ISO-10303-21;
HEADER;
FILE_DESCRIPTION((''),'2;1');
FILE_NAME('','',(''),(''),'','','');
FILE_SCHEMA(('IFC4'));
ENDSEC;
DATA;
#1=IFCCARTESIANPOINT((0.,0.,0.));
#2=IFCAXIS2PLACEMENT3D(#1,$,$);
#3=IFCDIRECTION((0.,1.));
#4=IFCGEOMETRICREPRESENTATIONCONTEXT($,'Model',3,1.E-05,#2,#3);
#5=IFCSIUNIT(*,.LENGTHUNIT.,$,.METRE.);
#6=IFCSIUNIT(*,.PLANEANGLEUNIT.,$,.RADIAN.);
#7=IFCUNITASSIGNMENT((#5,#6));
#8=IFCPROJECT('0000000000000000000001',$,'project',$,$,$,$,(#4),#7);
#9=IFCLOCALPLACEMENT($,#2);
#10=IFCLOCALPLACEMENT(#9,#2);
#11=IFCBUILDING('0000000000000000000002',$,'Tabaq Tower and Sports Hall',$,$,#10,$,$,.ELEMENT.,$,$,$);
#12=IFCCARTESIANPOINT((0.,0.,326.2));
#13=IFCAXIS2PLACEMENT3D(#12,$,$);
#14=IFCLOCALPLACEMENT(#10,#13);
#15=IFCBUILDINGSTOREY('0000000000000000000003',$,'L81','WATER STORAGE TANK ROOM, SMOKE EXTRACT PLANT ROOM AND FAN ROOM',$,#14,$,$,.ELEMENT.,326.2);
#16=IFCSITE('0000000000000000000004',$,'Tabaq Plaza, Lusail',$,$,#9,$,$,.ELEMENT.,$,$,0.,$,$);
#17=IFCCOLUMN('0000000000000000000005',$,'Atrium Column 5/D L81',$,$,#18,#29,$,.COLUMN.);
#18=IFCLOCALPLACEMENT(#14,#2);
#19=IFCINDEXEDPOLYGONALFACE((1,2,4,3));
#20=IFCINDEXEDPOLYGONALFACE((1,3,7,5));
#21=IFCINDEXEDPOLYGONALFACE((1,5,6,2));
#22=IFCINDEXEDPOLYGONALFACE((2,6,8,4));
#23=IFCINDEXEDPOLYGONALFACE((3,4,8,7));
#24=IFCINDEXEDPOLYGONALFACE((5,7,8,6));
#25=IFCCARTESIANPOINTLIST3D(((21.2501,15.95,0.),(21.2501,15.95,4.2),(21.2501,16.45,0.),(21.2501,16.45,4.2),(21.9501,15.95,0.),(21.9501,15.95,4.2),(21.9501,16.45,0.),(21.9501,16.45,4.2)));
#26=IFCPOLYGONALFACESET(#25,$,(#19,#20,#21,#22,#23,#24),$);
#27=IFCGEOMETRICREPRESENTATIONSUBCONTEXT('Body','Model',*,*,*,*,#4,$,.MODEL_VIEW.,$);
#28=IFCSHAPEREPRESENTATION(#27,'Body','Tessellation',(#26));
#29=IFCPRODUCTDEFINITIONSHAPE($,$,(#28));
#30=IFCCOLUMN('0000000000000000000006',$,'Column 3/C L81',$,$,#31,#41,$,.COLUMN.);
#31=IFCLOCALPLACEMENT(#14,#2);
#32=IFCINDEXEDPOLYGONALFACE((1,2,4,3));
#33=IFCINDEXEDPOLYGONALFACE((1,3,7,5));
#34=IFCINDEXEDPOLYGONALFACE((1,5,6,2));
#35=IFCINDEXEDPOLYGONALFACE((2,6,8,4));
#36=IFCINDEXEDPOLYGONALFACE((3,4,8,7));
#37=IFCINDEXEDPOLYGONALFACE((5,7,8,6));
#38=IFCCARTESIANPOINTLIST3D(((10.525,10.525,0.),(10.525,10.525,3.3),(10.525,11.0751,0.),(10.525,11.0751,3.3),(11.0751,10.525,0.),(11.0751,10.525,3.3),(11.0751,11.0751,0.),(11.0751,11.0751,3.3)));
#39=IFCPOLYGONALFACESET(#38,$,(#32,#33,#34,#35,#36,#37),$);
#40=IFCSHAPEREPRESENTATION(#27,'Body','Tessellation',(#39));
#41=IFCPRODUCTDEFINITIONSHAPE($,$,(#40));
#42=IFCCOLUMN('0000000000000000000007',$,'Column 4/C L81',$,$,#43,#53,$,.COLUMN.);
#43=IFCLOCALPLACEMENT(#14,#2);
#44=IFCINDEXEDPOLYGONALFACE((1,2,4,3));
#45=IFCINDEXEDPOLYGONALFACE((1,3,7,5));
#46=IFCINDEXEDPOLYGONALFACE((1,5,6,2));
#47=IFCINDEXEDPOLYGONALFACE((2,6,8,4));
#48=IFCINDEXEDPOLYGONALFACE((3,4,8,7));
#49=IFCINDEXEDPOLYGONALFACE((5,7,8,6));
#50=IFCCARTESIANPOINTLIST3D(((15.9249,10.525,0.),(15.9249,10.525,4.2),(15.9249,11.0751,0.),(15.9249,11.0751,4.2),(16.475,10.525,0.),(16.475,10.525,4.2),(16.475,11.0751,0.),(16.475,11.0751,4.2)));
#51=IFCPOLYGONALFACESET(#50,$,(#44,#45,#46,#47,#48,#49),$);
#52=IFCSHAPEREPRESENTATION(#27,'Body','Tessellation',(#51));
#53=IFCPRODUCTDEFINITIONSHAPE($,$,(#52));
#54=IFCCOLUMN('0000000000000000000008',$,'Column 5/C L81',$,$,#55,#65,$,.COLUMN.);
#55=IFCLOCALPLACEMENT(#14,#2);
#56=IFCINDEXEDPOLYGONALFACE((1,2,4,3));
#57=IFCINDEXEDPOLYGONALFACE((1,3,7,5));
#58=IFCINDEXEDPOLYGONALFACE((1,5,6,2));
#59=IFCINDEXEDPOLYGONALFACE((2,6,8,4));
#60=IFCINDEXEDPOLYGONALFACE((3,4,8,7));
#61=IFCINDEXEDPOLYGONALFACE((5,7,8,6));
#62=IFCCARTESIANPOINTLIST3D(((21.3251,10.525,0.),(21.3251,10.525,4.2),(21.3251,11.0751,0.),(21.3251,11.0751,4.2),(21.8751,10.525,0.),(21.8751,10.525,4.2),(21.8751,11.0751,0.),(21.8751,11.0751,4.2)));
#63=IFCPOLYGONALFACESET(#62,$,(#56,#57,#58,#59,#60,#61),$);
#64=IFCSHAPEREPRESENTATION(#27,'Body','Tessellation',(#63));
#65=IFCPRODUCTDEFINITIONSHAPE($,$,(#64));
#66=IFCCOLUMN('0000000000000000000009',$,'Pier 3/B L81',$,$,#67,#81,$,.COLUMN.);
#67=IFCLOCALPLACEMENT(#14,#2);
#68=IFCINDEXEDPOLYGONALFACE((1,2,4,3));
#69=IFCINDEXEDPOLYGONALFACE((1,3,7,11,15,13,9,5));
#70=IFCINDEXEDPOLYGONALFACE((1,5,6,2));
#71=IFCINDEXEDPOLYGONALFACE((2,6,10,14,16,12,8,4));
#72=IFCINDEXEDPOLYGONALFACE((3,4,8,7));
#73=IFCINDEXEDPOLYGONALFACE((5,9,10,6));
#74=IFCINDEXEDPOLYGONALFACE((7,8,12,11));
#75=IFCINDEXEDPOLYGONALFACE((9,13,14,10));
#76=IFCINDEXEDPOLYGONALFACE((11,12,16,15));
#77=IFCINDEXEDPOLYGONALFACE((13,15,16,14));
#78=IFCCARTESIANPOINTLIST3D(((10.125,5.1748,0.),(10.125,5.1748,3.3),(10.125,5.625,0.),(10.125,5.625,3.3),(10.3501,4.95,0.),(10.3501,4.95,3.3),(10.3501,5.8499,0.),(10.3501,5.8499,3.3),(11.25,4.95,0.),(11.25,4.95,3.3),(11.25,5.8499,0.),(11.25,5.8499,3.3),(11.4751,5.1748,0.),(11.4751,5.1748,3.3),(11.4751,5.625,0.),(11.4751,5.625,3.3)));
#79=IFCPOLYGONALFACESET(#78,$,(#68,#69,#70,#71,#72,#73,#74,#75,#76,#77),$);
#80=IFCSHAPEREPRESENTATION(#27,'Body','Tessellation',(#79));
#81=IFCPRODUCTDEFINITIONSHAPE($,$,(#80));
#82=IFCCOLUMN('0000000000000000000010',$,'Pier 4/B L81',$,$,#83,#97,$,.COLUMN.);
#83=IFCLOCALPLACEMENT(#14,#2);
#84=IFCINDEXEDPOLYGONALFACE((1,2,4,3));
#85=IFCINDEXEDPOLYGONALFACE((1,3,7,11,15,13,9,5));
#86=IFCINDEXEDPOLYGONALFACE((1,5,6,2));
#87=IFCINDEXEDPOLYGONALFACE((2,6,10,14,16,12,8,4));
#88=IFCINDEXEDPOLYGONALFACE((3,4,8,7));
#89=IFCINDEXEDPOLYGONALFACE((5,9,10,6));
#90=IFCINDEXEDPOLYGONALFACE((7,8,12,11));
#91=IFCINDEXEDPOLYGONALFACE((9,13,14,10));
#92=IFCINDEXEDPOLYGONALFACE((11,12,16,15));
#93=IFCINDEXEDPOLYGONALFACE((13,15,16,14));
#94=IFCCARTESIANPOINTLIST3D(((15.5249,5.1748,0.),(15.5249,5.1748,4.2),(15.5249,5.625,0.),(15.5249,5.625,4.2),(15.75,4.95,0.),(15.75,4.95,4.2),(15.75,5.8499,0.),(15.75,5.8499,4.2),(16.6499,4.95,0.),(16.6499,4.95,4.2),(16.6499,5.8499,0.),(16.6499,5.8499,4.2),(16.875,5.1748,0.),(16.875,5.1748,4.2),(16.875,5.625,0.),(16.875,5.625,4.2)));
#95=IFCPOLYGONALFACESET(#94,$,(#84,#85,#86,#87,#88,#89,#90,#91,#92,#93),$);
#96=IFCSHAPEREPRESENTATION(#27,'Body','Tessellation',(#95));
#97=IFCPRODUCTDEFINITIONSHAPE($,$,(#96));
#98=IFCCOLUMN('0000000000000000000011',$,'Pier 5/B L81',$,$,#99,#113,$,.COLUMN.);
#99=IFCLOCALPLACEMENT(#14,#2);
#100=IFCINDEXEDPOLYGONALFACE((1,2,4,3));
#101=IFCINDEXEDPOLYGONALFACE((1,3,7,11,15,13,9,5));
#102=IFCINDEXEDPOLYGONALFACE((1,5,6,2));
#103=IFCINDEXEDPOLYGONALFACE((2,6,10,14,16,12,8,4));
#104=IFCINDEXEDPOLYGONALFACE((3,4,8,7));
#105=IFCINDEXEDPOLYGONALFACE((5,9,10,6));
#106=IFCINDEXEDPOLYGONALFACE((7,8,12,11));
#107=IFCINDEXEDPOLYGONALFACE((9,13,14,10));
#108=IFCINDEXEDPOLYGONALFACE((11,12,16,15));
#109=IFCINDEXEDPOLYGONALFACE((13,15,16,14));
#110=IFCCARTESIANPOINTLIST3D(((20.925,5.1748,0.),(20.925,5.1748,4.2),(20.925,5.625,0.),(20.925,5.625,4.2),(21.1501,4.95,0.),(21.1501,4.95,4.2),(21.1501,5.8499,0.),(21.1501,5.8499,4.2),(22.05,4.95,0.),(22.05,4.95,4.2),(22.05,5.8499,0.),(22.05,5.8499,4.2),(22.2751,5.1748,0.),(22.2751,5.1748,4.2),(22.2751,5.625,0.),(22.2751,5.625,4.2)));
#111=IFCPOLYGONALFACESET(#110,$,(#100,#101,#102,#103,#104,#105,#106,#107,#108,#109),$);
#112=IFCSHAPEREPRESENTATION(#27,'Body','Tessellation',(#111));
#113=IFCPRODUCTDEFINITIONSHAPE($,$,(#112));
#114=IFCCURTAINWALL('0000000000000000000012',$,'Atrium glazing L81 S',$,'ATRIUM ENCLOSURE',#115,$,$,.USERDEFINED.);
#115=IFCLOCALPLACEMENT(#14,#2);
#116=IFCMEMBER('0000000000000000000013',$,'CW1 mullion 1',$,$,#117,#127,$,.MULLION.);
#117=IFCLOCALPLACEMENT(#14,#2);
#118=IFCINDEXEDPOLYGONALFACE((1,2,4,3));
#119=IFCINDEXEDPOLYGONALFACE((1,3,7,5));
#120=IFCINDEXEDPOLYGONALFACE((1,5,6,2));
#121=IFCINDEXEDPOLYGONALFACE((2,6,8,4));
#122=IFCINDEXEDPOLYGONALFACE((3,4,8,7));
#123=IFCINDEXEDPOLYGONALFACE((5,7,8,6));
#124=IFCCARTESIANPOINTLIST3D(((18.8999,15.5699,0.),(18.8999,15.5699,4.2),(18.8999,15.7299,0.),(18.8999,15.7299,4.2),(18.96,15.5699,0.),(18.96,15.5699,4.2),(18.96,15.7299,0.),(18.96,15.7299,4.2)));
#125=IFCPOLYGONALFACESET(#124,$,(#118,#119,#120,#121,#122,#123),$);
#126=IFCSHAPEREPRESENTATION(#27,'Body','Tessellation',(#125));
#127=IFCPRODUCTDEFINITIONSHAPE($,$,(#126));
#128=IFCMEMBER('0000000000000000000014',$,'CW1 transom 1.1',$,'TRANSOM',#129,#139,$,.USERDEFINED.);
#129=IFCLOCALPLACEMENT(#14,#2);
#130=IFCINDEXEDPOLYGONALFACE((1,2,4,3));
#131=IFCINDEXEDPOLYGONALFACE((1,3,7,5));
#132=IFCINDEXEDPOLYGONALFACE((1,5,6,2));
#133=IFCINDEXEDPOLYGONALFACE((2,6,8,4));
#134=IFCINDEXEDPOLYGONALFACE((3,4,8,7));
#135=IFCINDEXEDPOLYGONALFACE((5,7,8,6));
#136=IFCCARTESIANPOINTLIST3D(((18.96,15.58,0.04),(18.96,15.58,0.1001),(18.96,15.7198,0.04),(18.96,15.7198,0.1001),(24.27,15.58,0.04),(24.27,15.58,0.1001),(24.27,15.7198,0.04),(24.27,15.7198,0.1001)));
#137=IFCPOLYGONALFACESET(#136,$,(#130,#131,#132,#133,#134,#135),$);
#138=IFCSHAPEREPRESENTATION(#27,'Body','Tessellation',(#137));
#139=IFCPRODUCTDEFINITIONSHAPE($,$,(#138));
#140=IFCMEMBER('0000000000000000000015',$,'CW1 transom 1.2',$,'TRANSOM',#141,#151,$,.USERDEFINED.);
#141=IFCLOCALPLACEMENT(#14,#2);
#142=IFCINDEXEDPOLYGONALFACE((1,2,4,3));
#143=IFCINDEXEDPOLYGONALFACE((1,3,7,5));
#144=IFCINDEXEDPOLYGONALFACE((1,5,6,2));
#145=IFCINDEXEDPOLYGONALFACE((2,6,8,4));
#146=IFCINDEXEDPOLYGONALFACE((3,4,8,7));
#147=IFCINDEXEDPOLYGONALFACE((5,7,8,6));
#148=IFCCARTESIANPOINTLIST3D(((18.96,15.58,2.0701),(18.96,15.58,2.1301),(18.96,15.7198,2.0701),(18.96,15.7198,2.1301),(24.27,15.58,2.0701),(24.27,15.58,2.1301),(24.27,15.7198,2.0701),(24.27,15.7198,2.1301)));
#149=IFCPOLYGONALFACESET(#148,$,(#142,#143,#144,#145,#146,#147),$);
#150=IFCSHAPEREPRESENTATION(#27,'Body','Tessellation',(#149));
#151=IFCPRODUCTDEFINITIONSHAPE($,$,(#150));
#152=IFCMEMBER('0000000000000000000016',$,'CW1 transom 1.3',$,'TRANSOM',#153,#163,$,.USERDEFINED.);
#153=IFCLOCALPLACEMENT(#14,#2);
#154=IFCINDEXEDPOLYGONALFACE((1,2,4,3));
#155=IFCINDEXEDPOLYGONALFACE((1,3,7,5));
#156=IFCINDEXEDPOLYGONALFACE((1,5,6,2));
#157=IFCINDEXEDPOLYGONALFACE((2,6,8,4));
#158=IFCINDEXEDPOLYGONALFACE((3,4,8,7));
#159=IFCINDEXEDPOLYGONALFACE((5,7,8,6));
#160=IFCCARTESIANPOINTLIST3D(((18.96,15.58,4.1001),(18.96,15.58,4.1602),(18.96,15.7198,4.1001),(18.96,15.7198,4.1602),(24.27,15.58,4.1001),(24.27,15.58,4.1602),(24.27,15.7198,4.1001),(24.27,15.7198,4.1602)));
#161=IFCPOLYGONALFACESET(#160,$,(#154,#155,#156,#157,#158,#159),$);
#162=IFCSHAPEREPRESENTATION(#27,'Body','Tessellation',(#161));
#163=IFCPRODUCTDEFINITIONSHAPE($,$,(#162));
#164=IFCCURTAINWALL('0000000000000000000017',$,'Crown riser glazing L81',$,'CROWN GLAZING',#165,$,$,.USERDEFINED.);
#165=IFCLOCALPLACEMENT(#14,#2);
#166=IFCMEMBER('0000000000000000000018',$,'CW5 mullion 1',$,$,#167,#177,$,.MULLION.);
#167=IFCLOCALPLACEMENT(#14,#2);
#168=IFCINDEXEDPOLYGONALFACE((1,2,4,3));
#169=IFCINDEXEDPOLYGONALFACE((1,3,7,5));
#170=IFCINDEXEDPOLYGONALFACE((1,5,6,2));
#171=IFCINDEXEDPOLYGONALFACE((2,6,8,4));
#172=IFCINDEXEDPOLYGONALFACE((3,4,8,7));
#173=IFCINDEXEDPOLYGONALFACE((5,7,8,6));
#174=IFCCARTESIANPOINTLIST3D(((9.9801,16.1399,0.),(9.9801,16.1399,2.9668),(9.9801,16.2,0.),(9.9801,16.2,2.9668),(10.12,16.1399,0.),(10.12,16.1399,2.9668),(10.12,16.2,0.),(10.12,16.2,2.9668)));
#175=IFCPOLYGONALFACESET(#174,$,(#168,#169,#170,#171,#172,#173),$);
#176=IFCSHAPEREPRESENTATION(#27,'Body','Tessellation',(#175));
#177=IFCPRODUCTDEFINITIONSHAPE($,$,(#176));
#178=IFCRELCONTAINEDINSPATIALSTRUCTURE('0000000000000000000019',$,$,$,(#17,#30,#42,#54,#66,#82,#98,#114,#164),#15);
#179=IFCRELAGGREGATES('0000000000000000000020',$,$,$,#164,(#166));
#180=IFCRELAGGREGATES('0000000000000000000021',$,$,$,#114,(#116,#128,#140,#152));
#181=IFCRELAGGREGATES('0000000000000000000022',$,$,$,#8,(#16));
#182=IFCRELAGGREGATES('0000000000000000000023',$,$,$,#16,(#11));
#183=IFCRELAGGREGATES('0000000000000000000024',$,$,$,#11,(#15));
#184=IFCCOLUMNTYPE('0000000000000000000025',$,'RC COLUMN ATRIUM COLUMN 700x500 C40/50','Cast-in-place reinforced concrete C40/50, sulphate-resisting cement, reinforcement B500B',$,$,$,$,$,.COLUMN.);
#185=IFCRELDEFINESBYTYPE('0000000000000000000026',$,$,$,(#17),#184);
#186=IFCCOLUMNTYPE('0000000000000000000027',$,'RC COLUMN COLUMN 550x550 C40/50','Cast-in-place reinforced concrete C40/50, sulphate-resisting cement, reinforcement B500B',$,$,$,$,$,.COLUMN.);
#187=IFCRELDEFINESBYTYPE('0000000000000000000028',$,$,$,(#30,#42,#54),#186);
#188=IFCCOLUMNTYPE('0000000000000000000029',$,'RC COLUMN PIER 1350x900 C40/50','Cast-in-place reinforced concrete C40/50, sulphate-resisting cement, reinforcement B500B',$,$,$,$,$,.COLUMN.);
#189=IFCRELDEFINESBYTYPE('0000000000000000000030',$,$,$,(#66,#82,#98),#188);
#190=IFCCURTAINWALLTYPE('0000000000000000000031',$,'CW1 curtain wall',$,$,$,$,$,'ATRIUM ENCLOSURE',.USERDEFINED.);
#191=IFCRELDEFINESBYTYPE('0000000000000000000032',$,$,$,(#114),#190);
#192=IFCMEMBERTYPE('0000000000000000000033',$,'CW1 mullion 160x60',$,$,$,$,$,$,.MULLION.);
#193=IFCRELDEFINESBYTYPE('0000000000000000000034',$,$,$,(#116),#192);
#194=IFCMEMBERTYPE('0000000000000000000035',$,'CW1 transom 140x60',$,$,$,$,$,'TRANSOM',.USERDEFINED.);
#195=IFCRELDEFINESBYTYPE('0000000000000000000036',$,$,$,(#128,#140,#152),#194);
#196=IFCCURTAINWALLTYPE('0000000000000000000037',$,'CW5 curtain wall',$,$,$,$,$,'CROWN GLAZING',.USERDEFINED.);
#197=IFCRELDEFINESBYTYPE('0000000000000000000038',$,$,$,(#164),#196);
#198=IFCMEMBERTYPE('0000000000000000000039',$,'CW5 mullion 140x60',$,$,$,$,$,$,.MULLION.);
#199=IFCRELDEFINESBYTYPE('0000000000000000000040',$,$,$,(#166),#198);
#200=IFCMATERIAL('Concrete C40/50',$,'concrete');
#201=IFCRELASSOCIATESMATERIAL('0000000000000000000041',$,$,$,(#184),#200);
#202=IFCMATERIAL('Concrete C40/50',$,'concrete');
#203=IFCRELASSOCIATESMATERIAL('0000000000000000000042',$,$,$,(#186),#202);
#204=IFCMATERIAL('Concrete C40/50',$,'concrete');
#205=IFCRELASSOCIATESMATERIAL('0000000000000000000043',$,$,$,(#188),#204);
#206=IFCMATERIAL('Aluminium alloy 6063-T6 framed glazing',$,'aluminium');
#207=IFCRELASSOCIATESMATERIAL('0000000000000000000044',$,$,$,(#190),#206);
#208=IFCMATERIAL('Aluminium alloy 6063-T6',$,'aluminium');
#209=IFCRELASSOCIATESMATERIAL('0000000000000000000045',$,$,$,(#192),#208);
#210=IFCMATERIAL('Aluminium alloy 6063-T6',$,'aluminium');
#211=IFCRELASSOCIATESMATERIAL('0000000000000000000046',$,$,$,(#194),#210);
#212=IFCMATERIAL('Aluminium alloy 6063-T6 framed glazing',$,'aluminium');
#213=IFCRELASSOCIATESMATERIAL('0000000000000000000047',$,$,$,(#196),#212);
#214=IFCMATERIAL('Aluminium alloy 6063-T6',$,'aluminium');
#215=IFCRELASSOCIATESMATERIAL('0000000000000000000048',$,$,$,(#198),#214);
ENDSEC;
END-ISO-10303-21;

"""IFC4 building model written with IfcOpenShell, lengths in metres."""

from ifc_helpers import new_model, si_unit, direction, frame, origin, origin_2d, place, context, subcontext, project, spatial, polyline, rectangle, outline, extrude, material, material_profile, profile_set, type_object, element, aggregate, save


model = new_model("IFC4")

# Units and contexts
model_context = context("Model", 3, precision=1e-05, world=origin(), true_north=direction((0.0, 1.0)))
body_context = subcontext(model_context, "Body", "Model", "MODEL_VIEW")
ifc_project = project(units=[si_unit("LENGTHUNIT", "METRE"), si_unit("PLANEANGLEUNIT", "RADIAN")], contexts=[model_context])

# Site, building, storey
site_placement = place(None, origin())
site = spatial("IfcSite", under=ifc_project, at=site_placement, Name="Tabaq Plaza, Lusail", CompositionType="ELEMENT", RefElevation=0.0)
building_placement = place(site_placement, origin())
building = spatial("IfcBuilding", under=site, at=building_placement, Name="Tabaq Tower and Sports Hall", CompositionType="ELEMENT")
storey_placement = place(building_placement, frame((0.0, 0.0, 326.2)))
storey = spatial("IfcBuildingStorey", under=building, at=storey_placement, Name="L81", Description="WATER STORAGE TANK ROOM, SMOKE EXTRACT PLANT ROOM AND FAN ROOM", CompositionType="ELEMENT", Elevation=326.2)

# Columns
ifc_material_1 = material(Name="Concrete C40/50", Category="concrete")
ifc_material_profile_1 = material_profile(ifc_material_1, rectangle(XDim=0.7, YDim=0.5, at=origin_2d()), Name="ATRIUM COLUMN 700x500")
ifc_profile_set_1 = profile_set([ifc_material_profile_1], Name="Concrete C40/50")
column_type_1 = type_object("IfcColumnType", Name="RC COLUMN ATRIUM COLUMN 700x500 C40/50", Description="Cast-in-place reinforced concrete C40/50, sulphate-resisting cement, reinforcement B500B", PredefinedType="COLUMN", material=ifc_profile_set_1)
column_1_placement = place(storey_placement, frame((21.6001, 16.2, 0.0), z_axis=(0.0, 0.0, 1.0), x_axis=(1.0, 0.0, 0.0)))
element("IfcColumn", 1, at=column_1_placement, inside=storey, type_object=column_type_1, Name="Atrium Column 5/D L81", PredefinedType="COLUMN", context=body_context, shape_type="SweptSolid", body=[
    extrude(rectangle(XDim=0.7, YDim=0.5, at=origin_2d()), origin(), (0.0, 0.0, 1.0), 4.2),
])
ifc_material_2 = material(Name="Concrete C40/50", Category="concrete")
ifc_material_profile_2 = material_profile(ifc_material_2, rectangle(XDim=0.55, YDim=0.55, at=origin_2d()), Name="COLUMN 550x550")
ifc_profile_set_2 = profile_set([ifc_material_profile_2], Name="Concrete C40/50")
column_type_2 = type_object("IfcColumnType", Name="RC COLUMN COLUMN 550x550 C40/50", Description="Cast-in-place reinforced concrete C40/50, sulphate-resisting cement, reinforcement B500B", PredefinedType="COLUMN", material=ifc_profile_set_2)
column_2_placement = place(storey_placement, frame((10.8, 10.8, 0.0), z_axis=(0.0, 0.0, 1.0), x_axis=(1.0, 0.0, 0.0)))
element("IfcColumn", 2, at=column_2_placement, inside=storey, type_object=column_type_2, Name="Column 3/C L81", PredefinedType="COLUMN", context=body_context, shape_type="SweptSolid", body=[
    extrude(rectangle(XDim=0.55, YDim=0.55, at=origin_2d()), origin(), (0.0, 0.0, 1.0), 3.3),
])
for number, where, z_axis, x_axis, name in (
    (3, (16.2, 10.8, 0.0), (0.0, 0.0, 1.0), (1.0, 0.0, 0.0), "Column 4/C L81"),
    (4, (21.6001, 10.8, 0.0), (0.0, 0.0, 1.0), (1.0, 0.0, 0.0), "Column 5/C L81"),
):
    element("IfcColumn", number, at=place(storey_placement, frame(where, z_axis=z_axis, x_axis=x_axis)), inside=storey, type_object=column_type_2, Name=name, PredefinedType="COLUMN", context=body_context, shape_type="SweptSolid", body=[
        extrude(rectangle(XDim=0.55, YDim=0.55, at=origin_2d()), origin(), (0.0, 0.0, 1.0), 4.2),
    ])
ifc_material_3 = material(Name="Concrete C40/50", Category="concrete")
ifc_material_profile_3 = material_profile(ifc_material_3, outline(polyline([(-0.45, -0.45), (0.45, -0.45), (0.675, -0.2251), (0.675, 0.2251), (0.45, 0.45), (-0.45, 0.45), (-0.675, 0.2251), (-0.675, -0.2251), (-0.45, -0.45)])), Name="PIER 1350x900")
ifc_profile_set_3 = profile_set([ifc_material_profile_3], Name="Concrete C40/50")
column_type_3 = type_object("IfcColumnType", Name="RC COLUMN PIER 1350x900 C40/50", Description="Cast-in-place reinforced concrete C40/50, sulphate-resisting cement, reinforcement B500B", PredefinedType="COLUMN", material=ifc_profile_set_3)
column_3_placement = place(storey_placement, frame((10.8, 5.3999, 0.0), z_axis=(0.0, 0.0, 1.0), x_axis=(1.0, 0.0, 0.0)))
element("IfcColumn", 5, at=column_3_placement, inside=storey, type_object=column_type_3, Name="Pier 3/B L81", PredefinedType="COLUMN", context=body_context, shape_type="SweptSolid", body=[
    extrude(outline(polyline([(-0.45, -0.45), (0.45, -0.45), (0.675, -0.2251), (0.675, 0.2251), (0.45, 0.45), (-0.45, 0.45), (-0.675, 0.2251), (-0.675, -0.2251), (-0.45, -0.45)])), origin(), (0.0, 0.0, 1.0), 3.3),
])
for number, where, z_axis, x_axis, name in (
    (6, (16.2, 5.3999, 0.0), (0.0, 0.0, 1.0), (1.0, 0.0, 0.0), "Pier 4/B L81"),
    (7, (21.6001, 5.3999, 0.0), (0.0, 0.0, 1.0), (1.0, 0.0, 0.0), "Pier 5/B L81"),
):
    element("IfcColumn", number, at=place(storey_placement, frame(where, z_axis=z_axis, x_axis=x_axis)), inside=storey, type_object=column_type_3, Name=name, PredefinedType="COLUMN", context=body_context, shape_type="SweptSolid", body=[
        extrude(outline(polyline([(-0.45, -0.45), (0.45, -0.45), (0.675, -0.2251), (0.675, 0.2251), (0.45, 0.45), (-0.45, 0.45), (-0.675, 0.2251), (-0.675, -0.2251), (-0.45, -0.45)])), origin(), (0.0, 0.0, 1.0), 4.2),
    ])

# Curtain wall, members
ifc_material_4 = material(Name="Aluminium alloy 6063-T6 framed glazing", Category="aluminium")
curtain_wall_type_1 = type_object("IfcCurtainWallType", Name="CW1 curtain wall", ElementType="ATRIUM ENCLOSURE", PredefinedType="USERDEFINED", material=ifc_material_4)
curtain_wall_1_placement = place(storey_placement, origin())
curtain_wall_1 = element("IfcCurtainWall", 8, at=curtain_wall_1_placement, inside=storey, type_object=curtain_wall_type_1, Name="Atrium glazing L81 S", ObjectType="ATRIUM ENCLOSURE", PredefinedType="USERDEFINED")
ifc_material_5 = material(Name="Aluminium alloy 6063-T6", Category="aluminium")
ifc_material_profile_4 = material_profile(ifc_material_5, rectangle(XDim=0.1599, YDim=0.0601, at=origin_2d()), Name="MULLION 160x60")
ifc_profile_set_4 = profile_set([ifc_material_profile_4], Name="Aluminium alloy 6063-T6")
member_type_1 = type_object("IfcMemberType", Name="CW1 mullion 160x60", PredefinedType="MULLION", material=ifc_profile_set_4)
member_1_placement = place(storey_placement, frame((18.9299, 15.6499, 0.0), z_axis=(0.0, 0.0, 1.0), x_axis=(0.0, 1.0, 0.0)))
member_1 = element("IfcMember", 9, at=member_1_placement, type_object=member_type_1, Name="CW1 mullion 1", PredefinedType="MULLION", context=body_context, shape_type="SweptSolid", body=[
    extrude(rectangle(XDim=0.1599, YDim=0.0601, at=origin_2d()), origin(), (0.0, 0.0, 1.0), 4.2),
])
ifc_material_6 = material(Name="Aluminium alloy 6063-T6", Category="aluminium")
ifc_material_profile_5 = material_profile(ifc_material_6, rectangle(XDim=0.1399, YDim=0.0601, at=origin_2d()), Name="TRANSOM 140x60")
ifc_profile_set_5 = profile_set([ifc_material_profile_5], Name="Aluminium alloy 6063-T6")
member_type_2 = type_object("IfcMemberType", Name="CW1 transom 140x60", ElementType="TRANSOM", PredefinedType="USERDEFINED", material=ifc_profile_set_5)
member_2_placement = place(storey_placement, frame((18.96, 15.6499, 0.0701), z_axis=(1.0, 0.0, 0.0), x_axis=(0.0, 1.0, 0.0)))
member_2 = element("IfcMember", 10, at=member_2_placement, type_object=member_type_2, Name="CW1 transom 1.1", ObjectType="TRANSOM", PredefinedType="USERDEFINED", context=body_context, shape_type="SweptSolid", body=[
    extrude(rectangle(XDim=0.1399, YDim=0.0601, at=origin_2d()), origin(), (0.0, 0.0, 1.0), 5.3101),
])
member_3_placement = place(storey_placement, frame((18.96, 15.6499, 2.1001), z_axis=(1.0, 0.0, 0.0), x_axis=(0.0, 1.0, 0.0)))
member_3 = element("IfcMember", 11, at=member_3_placement, type_object=member_type_2, Name="CW1 transom 1.2", ObjectType="TRANSOM", PredefinedType="USERDEFINED", context=body_context, shape_type="SweptSolid", body=[
    extrude(rectangle(XDim=0.1399, YDim=0.0601, at=origin_2d()), origin(), (0.0, 0.0, 1.0), 5.3101),
])
member_4_placement = place(storey_placement, frame((18.96, 15.6499, 4.1301), z_axis=(1.0, 0.0, 0.0), x_axis=(0.0, 1.0, 0.0)))
member_4 = element("IfcMember", 12, at=member_4_placement, type_object=member_type_2, Name="CW1 transom 1.3", ObjectType="TRANSOM", PredefinedType="USERDEFINED", context=body_context, shape_type="SweptSolid", body=[
    extrude(rectangle(XDim=0.1399, YDim=0.0601, at=origin_2d()), origin(), (0.0, 0.0, 1.0), 5.3101),
])

# Curtain wall, member
ifc_material_7 = material(Name="Aluminium alloy 6063-T6 framed glazing", Category="aluminium")
curtain_wall_type_2 = type_object("IfcCurtainWallType", Name="CW5 curtain wall", ElementType="CROWN GLAZING", PredefinedType="USERDEFINED", material=ifc_material_7)
curtain_wall_2_placement = place(storey_placement, origin())
curtain_wall_2 = element("IfcCurtainWall", 13, at=curtain_wall_2_placement, inside=storey, type_object=curtain_wall_type_2, Name="Crown riser glazing L81", ObjectType="CROWN GLAZING", PredefinedType="USERDEFINED")
ifc_material_8 = material(Name="Aluminium alloy 6063-T6", Category="aluminium")
ifc_material_profile_6 = material_profile(ifc_material_8, rectangle(XDim=0.1399, YDim=0.0601, at=origin_2d()), Name="MULLION 140x60")
ifc_profile_set_6 = profile_set([ifc_material_profile_6], Name="Aluminium alloy 6063-T6")
member_type_3 = type_object("IfcMemberType", Name="CW5 mullion 140x60", PredefinedType="MULLION", material=ifc_profile_set_6)
member_5_placement = place(storey_placement, frame((10.05, 16.1699, 0.0), z_axis=(0.0, 0.0, 1.0), x_axis=(1.0, 0.0, 0.0)))
member_5 = element("IfcMember", 14, at=member_5_placement, type_object=member_type_3, Name="CW5 mullion 1", PredefinedType="MULLION", context=body_context, shape_type="SweptSolid", body=[
    extrude(rectangle(XDim=0.1399, YDim=0.0601, at=origin_2d()), origin(), (0.0, 0.0, 1.0), 2.9668),
])
aggregate(curtain_wall_2, [member_5])

aggregate(curtain_wall_1, [member_1, member_2, member_3, member_4])

save(model, "model.ifc")
